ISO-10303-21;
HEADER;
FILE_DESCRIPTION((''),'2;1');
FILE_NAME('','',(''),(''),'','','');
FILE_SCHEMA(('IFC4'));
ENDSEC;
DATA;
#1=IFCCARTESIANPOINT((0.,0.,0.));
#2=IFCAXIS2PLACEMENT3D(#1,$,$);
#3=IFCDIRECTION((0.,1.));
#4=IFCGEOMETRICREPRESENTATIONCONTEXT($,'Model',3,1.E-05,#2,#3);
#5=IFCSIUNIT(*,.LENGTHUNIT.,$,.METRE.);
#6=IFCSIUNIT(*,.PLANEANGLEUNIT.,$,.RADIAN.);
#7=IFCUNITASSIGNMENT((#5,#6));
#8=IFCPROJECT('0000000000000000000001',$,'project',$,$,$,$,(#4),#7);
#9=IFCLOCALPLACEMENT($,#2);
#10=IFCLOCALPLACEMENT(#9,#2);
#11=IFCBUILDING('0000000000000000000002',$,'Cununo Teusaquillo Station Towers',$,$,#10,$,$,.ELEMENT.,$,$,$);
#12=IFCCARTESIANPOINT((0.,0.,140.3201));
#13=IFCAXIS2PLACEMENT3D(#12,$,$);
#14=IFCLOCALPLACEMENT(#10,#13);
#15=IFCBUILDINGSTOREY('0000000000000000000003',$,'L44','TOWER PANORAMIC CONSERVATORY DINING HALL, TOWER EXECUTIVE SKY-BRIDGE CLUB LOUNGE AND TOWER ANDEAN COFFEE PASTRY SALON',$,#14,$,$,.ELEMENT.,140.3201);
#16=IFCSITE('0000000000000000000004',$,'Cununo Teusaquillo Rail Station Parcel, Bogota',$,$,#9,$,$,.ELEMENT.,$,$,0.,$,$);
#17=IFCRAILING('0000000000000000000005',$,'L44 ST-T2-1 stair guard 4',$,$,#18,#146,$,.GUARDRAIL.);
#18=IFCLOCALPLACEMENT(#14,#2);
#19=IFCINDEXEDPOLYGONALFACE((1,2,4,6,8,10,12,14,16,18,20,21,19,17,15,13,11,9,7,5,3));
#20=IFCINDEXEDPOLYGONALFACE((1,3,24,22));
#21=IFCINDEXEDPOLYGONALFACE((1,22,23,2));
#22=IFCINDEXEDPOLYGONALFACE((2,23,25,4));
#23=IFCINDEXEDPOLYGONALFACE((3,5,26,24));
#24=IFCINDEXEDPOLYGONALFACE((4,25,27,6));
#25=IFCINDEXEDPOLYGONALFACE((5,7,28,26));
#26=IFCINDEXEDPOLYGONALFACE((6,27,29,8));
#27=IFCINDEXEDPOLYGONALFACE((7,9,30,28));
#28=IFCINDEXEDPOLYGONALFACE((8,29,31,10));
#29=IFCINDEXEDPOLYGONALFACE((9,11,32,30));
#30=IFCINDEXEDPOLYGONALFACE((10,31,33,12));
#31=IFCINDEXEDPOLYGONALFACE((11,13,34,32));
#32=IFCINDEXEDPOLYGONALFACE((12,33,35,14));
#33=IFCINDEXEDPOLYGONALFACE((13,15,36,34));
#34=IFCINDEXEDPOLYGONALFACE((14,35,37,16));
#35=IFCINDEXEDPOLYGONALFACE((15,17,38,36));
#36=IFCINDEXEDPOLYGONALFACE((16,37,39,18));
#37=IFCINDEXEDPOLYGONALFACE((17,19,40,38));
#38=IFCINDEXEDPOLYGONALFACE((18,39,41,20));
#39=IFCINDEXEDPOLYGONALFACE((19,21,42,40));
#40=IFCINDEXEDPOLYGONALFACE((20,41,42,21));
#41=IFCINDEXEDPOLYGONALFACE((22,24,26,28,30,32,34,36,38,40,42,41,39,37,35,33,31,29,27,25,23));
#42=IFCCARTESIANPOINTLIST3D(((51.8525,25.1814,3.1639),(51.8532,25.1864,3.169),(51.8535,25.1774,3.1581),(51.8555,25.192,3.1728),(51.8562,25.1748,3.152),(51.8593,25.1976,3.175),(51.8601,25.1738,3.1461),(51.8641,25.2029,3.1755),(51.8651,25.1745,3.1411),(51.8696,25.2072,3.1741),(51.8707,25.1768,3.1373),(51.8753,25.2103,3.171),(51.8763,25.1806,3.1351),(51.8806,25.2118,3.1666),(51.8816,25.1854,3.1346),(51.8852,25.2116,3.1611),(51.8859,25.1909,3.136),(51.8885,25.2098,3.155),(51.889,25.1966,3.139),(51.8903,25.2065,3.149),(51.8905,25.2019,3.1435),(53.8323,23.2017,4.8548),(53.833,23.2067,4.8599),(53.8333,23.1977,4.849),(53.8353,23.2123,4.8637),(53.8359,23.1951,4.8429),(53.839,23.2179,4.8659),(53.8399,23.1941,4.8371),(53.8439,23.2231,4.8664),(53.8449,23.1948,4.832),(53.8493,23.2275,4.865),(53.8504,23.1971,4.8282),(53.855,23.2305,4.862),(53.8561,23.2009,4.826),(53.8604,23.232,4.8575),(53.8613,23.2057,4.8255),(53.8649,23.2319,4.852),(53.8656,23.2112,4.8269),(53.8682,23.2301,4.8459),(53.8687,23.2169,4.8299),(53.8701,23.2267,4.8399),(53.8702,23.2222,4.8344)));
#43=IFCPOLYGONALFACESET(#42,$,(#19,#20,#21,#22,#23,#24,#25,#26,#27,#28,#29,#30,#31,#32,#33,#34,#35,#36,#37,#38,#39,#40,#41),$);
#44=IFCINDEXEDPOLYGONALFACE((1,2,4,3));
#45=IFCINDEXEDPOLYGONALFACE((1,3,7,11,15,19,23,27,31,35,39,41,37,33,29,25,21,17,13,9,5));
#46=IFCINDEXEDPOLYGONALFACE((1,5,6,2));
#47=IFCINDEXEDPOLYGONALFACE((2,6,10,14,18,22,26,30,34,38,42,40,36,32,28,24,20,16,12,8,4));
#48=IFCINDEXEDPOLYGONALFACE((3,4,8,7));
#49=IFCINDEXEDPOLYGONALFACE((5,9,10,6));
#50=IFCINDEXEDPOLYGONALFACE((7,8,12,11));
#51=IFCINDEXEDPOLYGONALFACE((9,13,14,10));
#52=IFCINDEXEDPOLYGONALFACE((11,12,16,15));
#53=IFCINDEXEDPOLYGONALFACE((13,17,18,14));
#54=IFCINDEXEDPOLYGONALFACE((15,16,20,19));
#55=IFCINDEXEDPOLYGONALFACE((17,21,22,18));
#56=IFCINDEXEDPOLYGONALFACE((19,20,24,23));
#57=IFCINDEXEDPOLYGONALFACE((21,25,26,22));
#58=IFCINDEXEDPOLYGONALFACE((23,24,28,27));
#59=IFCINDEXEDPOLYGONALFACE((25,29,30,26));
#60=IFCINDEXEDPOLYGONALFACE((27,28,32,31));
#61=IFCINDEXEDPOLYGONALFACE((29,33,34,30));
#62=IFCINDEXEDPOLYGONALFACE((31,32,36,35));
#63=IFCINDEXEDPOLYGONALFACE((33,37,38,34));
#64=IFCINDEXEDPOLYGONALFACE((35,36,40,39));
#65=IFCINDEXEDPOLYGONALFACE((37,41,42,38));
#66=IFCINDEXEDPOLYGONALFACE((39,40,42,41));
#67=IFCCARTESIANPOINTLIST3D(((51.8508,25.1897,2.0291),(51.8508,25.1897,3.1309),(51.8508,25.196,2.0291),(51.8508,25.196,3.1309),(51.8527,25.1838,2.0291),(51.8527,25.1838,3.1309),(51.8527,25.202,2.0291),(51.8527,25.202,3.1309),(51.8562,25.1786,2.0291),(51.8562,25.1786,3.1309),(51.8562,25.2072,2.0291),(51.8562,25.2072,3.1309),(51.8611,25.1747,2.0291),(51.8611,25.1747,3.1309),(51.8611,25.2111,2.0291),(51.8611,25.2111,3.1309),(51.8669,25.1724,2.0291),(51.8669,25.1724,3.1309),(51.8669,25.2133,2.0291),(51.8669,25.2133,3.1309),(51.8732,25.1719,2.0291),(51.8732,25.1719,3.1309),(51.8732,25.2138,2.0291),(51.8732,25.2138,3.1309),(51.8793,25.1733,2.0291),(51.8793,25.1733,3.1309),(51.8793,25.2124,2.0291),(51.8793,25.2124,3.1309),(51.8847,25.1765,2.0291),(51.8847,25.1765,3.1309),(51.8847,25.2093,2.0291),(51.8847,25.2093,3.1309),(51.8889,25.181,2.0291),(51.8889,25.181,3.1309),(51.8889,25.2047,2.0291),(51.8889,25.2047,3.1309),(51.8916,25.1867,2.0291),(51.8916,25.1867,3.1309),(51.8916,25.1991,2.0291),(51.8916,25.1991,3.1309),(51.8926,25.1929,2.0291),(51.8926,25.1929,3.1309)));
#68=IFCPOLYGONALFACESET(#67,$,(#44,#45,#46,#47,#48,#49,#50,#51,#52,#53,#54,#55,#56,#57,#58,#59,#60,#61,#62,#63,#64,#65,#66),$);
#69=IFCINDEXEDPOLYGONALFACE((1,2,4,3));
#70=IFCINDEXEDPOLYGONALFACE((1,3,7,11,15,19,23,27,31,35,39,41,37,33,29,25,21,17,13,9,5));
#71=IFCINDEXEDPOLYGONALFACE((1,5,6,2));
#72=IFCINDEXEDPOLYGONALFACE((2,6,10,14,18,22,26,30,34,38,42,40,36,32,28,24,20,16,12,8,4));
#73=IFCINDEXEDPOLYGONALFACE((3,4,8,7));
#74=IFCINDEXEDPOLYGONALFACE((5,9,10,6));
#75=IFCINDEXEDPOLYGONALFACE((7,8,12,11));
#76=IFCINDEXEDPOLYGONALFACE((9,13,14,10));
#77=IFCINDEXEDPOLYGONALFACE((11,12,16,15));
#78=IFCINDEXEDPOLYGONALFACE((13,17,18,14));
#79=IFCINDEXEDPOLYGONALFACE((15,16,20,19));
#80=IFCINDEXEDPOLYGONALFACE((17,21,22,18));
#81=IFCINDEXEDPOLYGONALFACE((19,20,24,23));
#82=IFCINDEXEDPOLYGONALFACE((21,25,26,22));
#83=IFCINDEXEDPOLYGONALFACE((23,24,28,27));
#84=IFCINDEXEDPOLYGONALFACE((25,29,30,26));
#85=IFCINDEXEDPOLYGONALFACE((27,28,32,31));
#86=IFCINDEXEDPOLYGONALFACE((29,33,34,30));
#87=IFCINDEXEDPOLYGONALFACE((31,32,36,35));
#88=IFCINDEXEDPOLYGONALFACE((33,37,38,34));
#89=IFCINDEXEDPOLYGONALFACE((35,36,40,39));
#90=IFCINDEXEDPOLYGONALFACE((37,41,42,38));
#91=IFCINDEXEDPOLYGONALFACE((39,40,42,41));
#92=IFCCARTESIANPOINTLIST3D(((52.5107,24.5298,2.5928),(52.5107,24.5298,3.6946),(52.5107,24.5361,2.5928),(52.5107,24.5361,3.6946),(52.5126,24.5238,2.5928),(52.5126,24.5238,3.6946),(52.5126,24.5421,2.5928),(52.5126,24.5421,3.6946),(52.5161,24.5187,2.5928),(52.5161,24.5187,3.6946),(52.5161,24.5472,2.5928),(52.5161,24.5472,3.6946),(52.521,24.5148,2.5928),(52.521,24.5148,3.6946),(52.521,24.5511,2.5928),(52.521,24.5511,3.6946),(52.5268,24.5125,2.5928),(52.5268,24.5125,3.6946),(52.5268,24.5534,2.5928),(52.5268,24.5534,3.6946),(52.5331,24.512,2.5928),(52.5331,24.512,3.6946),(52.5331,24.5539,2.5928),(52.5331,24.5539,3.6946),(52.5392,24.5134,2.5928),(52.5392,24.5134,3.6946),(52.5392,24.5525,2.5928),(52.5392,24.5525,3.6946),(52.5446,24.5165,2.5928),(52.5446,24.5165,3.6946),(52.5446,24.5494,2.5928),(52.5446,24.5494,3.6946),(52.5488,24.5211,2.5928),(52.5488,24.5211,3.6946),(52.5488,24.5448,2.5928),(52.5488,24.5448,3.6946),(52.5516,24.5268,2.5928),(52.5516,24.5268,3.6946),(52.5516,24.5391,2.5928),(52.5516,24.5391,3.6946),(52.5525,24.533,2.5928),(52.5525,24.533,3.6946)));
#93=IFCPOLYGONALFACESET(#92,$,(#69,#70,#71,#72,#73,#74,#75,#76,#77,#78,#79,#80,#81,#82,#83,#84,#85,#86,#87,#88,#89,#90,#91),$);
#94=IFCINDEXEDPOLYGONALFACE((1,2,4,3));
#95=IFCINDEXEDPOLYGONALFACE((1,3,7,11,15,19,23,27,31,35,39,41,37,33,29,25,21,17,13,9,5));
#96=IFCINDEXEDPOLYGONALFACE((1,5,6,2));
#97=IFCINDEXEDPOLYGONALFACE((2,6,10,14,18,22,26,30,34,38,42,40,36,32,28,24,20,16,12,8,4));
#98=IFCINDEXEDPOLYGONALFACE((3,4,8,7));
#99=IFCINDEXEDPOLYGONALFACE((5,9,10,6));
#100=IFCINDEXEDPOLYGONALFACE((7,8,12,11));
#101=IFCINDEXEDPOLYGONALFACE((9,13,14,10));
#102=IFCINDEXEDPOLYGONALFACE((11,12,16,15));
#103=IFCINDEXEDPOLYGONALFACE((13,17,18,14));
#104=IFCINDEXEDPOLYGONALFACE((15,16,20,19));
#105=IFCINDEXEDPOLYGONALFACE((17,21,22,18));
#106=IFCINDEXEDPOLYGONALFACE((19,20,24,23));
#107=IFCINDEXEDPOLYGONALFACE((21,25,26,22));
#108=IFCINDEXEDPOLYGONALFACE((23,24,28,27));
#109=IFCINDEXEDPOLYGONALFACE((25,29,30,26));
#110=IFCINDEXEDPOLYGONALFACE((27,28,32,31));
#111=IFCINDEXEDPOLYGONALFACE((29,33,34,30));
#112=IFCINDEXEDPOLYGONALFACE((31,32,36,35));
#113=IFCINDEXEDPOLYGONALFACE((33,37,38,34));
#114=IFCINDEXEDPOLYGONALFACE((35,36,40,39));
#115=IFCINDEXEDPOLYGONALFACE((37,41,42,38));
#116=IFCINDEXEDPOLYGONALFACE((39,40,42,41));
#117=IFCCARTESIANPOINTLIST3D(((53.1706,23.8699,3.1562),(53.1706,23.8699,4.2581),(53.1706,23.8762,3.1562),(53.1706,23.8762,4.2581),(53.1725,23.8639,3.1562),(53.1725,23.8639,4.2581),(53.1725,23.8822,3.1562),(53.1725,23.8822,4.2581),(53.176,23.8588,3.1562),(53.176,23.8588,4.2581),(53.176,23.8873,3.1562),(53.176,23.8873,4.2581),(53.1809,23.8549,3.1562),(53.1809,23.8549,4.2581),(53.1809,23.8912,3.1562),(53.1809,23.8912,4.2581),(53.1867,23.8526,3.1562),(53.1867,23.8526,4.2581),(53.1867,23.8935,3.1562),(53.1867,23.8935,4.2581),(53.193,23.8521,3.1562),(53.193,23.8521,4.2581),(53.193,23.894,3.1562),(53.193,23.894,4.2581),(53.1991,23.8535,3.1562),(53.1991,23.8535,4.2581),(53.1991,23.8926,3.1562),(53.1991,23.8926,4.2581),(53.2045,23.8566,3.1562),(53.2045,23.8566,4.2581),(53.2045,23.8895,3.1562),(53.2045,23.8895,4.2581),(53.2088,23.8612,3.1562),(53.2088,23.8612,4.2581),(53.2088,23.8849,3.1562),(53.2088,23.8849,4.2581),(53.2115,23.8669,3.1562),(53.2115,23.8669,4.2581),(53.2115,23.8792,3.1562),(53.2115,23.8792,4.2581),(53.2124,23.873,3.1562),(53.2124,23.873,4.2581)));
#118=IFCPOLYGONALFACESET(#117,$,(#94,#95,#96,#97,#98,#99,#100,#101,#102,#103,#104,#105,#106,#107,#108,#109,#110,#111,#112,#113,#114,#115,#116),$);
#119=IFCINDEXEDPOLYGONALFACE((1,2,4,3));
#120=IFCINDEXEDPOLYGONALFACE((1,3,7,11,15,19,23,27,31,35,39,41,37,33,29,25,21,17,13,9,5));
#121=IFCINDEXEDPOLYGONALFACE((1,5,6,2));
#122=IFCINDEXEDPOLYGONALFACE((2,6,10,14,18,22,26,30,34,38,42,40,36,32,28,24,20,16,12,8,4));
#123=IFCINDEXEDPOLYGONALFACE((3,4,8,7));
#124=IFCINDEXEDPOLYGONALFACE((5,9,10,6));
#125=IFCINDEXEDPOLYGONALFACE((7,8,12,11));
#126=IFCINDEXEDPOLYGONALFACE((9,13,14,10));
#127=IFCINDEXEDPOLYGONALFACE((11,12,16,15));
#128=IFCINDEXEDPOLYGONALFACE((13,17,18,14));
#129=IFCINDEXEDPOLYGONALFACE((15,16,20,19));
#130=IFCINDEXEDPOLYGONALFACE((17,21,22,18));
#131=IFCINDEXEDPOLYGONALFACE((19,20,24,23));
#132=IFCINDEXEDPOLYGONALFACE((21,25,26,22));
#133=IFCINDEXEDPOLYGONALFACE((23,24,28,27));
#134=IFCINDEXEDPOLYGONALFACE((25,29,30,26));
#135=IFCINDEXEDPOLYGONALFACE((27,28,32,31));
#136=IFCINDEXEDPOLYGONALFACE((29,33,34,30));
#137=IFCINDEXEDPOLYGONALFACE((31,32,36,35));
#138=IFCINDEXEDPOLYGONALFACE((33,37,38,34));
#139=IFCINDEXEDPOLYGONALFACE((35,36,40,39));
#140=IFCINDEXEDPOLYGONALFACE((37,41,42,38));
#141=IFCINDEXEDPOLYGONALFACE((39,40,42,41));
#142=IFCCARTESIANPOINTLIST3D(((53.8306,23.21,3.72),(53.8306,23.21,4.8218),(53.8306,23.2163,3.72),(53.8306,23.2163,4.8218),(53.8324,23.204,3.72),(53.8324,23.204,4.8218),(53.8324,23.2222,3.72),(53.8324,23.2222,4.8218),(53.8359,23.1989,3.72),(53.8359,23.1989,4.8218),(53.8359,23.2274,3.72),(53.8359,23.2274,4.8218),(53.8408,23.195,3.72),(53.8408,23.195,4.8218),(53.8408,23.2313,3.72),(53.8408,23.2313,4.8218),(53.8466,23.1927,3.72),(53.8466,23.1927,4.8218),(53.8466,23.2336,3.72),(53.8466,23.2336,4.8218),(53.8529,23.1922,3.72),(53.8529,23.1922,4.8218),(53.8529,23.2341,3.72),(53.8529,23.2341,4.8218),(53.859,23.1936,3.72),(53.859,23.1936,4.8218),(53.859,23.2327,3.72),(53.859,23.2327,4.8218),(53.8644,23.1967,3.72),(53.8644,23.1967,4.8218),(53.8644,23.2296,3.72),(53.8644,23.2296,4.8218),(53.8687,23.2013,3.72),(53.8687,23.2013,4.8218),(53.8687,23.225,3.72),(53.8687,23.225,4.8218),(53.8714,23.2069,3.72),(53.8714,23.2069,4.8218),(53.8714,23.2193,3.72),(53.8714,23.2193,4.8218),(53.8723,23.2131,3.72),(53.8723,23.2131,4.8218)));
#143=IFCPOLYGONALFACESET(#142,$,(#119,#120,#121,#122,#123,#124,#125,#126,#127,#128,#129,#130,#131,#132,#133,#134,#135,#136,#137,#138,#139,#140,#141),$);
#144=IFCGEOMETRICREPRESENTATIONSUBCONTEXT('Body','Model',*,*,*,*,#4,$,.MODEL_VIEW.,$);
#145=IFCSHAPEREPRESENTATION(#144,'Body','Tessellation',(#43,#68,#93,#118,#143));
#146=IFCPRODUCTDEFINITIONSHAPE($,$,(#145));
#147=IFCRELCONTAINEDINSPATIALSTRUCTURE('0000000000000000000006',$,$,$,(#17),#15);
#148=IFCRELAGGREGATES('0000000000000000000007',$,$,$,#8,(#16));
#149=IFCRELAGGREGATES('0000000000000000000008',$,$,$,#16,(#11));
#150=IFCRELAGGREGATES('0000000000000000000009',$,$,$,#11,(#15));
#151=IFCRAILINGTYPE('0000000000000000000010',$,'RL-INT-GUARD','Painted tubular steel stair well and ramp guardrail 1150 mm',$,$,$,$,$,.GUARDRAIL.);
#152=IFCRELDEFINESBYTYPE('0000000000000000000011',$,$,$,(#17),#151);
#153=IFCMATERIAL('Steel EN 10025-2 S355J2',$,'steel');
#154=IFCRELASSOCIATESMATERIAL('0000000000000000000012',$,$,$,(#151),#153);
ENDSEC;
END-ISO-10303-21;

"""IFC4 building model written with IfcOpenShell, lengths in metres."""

from ifc_helpers import new_model, si_unit, direction, frame, origin, origin_2d, place, context, subcontext, project, spatial, circle, extrude, material, type_object, element, save


model = new_model("IFC4")

# Units and contexts
model_context = context("Model", 3, precision=1e-05, world=origin(), true_north=direction((0.0, 1.0)))
body_context = subcontext(model_context, "Body", "Model", "MODEL_VIEW")
ifc_project = project(units=[si_unit("LENGTHUNIT", "METRE"), si_unit("PLANEANGLEUNIT", "RADIAN")], contexts=[model_context])

# Site, building, storey
site_placement = place(None, origin())
site = spatial("IfcSite", under=ifc_project, at=site_placement, Name="Cununo Teusaquillo Rail Station Parcel, Bogota", CompositionType="ELEMENT", RefElevation=0.0)
building_placement = place(site_placement, origin())
building = spatial("IfcBuilding", under=site, at=building_placement, Name="Cununo Teusaquillo Station Towers", CompositionType="ELEMENT")
storey_placement = place(building_placement, frame((0.0, 0.0, 140.3201)))
storey = spatial("IfcBuildingStorey", under=building, at=storey_placement, Name="L44", Description="TOWER PANORAMIC CONSERVATORY DINING HALL, TOWER EXECUTIVE SKY-BRIDGE CLUB LOUNGE AND TOWER ANDEAN COFFEE PASTRY SALON", CompositionType="ELEMENT", Elevation=140.3201)

# Railing
ifc_material_1 = material(Name="Steel EN 10025-2 S355J2", Category="steel")
railing_type_1 = type_object("IfcRailingType", Name="RL-INT-GUARD", Description="Painted tubular steel stair well and ramp guardrail 1150 mm", PredefinedType="GUARDRAIL", material=ifc_material_1)
railing_1_placement = place(storey_placement, frame((51.8716, 25.1929, 2.0291)))
element("IfcRailing", 1, at=railing_1_placement, inside=storey, type_object=railing_type_1, Name="L44 ST-T2-1 stair guard 4", PredefinedType="GUARDRAIL", context=body_context, shape_type="SweptSolid", body=[
    extrude(circle(Radius=0.0239, at=origin_2d()), frame((0.0, 0.0, 1.126), z_axis=(0.605282, -0.605282, 0.516979), x_axis=(0.707107, 0.707107, 0.0)), (0.0, 0.0, 1.0), 3.2708),
    extrude(circle(Radius=0.021, at=origin_2d()), origin(), (0.0, 0.0, 1.0), 1.1018),
    extrude(circle(Radius=0.021, at=origin_2d()), frame((0.6599, -0.6599, 0.5637)), (0.0, 0.0, 1.0), 1.1018),
    extrude(circle(Radius=0.021, at=origin_2d()), frame((1.3198, -1.3198, 1.1272)), (0.0, 0.0, 1.0), 1.1018),
    extrude(circle(Radius=0.021, at=origin_2d()), frame((1.9797, -1.9797, 1.6909)), (0.0, 0.0, 1.0), 1.1018),
])

save(model, "model.ifc")
